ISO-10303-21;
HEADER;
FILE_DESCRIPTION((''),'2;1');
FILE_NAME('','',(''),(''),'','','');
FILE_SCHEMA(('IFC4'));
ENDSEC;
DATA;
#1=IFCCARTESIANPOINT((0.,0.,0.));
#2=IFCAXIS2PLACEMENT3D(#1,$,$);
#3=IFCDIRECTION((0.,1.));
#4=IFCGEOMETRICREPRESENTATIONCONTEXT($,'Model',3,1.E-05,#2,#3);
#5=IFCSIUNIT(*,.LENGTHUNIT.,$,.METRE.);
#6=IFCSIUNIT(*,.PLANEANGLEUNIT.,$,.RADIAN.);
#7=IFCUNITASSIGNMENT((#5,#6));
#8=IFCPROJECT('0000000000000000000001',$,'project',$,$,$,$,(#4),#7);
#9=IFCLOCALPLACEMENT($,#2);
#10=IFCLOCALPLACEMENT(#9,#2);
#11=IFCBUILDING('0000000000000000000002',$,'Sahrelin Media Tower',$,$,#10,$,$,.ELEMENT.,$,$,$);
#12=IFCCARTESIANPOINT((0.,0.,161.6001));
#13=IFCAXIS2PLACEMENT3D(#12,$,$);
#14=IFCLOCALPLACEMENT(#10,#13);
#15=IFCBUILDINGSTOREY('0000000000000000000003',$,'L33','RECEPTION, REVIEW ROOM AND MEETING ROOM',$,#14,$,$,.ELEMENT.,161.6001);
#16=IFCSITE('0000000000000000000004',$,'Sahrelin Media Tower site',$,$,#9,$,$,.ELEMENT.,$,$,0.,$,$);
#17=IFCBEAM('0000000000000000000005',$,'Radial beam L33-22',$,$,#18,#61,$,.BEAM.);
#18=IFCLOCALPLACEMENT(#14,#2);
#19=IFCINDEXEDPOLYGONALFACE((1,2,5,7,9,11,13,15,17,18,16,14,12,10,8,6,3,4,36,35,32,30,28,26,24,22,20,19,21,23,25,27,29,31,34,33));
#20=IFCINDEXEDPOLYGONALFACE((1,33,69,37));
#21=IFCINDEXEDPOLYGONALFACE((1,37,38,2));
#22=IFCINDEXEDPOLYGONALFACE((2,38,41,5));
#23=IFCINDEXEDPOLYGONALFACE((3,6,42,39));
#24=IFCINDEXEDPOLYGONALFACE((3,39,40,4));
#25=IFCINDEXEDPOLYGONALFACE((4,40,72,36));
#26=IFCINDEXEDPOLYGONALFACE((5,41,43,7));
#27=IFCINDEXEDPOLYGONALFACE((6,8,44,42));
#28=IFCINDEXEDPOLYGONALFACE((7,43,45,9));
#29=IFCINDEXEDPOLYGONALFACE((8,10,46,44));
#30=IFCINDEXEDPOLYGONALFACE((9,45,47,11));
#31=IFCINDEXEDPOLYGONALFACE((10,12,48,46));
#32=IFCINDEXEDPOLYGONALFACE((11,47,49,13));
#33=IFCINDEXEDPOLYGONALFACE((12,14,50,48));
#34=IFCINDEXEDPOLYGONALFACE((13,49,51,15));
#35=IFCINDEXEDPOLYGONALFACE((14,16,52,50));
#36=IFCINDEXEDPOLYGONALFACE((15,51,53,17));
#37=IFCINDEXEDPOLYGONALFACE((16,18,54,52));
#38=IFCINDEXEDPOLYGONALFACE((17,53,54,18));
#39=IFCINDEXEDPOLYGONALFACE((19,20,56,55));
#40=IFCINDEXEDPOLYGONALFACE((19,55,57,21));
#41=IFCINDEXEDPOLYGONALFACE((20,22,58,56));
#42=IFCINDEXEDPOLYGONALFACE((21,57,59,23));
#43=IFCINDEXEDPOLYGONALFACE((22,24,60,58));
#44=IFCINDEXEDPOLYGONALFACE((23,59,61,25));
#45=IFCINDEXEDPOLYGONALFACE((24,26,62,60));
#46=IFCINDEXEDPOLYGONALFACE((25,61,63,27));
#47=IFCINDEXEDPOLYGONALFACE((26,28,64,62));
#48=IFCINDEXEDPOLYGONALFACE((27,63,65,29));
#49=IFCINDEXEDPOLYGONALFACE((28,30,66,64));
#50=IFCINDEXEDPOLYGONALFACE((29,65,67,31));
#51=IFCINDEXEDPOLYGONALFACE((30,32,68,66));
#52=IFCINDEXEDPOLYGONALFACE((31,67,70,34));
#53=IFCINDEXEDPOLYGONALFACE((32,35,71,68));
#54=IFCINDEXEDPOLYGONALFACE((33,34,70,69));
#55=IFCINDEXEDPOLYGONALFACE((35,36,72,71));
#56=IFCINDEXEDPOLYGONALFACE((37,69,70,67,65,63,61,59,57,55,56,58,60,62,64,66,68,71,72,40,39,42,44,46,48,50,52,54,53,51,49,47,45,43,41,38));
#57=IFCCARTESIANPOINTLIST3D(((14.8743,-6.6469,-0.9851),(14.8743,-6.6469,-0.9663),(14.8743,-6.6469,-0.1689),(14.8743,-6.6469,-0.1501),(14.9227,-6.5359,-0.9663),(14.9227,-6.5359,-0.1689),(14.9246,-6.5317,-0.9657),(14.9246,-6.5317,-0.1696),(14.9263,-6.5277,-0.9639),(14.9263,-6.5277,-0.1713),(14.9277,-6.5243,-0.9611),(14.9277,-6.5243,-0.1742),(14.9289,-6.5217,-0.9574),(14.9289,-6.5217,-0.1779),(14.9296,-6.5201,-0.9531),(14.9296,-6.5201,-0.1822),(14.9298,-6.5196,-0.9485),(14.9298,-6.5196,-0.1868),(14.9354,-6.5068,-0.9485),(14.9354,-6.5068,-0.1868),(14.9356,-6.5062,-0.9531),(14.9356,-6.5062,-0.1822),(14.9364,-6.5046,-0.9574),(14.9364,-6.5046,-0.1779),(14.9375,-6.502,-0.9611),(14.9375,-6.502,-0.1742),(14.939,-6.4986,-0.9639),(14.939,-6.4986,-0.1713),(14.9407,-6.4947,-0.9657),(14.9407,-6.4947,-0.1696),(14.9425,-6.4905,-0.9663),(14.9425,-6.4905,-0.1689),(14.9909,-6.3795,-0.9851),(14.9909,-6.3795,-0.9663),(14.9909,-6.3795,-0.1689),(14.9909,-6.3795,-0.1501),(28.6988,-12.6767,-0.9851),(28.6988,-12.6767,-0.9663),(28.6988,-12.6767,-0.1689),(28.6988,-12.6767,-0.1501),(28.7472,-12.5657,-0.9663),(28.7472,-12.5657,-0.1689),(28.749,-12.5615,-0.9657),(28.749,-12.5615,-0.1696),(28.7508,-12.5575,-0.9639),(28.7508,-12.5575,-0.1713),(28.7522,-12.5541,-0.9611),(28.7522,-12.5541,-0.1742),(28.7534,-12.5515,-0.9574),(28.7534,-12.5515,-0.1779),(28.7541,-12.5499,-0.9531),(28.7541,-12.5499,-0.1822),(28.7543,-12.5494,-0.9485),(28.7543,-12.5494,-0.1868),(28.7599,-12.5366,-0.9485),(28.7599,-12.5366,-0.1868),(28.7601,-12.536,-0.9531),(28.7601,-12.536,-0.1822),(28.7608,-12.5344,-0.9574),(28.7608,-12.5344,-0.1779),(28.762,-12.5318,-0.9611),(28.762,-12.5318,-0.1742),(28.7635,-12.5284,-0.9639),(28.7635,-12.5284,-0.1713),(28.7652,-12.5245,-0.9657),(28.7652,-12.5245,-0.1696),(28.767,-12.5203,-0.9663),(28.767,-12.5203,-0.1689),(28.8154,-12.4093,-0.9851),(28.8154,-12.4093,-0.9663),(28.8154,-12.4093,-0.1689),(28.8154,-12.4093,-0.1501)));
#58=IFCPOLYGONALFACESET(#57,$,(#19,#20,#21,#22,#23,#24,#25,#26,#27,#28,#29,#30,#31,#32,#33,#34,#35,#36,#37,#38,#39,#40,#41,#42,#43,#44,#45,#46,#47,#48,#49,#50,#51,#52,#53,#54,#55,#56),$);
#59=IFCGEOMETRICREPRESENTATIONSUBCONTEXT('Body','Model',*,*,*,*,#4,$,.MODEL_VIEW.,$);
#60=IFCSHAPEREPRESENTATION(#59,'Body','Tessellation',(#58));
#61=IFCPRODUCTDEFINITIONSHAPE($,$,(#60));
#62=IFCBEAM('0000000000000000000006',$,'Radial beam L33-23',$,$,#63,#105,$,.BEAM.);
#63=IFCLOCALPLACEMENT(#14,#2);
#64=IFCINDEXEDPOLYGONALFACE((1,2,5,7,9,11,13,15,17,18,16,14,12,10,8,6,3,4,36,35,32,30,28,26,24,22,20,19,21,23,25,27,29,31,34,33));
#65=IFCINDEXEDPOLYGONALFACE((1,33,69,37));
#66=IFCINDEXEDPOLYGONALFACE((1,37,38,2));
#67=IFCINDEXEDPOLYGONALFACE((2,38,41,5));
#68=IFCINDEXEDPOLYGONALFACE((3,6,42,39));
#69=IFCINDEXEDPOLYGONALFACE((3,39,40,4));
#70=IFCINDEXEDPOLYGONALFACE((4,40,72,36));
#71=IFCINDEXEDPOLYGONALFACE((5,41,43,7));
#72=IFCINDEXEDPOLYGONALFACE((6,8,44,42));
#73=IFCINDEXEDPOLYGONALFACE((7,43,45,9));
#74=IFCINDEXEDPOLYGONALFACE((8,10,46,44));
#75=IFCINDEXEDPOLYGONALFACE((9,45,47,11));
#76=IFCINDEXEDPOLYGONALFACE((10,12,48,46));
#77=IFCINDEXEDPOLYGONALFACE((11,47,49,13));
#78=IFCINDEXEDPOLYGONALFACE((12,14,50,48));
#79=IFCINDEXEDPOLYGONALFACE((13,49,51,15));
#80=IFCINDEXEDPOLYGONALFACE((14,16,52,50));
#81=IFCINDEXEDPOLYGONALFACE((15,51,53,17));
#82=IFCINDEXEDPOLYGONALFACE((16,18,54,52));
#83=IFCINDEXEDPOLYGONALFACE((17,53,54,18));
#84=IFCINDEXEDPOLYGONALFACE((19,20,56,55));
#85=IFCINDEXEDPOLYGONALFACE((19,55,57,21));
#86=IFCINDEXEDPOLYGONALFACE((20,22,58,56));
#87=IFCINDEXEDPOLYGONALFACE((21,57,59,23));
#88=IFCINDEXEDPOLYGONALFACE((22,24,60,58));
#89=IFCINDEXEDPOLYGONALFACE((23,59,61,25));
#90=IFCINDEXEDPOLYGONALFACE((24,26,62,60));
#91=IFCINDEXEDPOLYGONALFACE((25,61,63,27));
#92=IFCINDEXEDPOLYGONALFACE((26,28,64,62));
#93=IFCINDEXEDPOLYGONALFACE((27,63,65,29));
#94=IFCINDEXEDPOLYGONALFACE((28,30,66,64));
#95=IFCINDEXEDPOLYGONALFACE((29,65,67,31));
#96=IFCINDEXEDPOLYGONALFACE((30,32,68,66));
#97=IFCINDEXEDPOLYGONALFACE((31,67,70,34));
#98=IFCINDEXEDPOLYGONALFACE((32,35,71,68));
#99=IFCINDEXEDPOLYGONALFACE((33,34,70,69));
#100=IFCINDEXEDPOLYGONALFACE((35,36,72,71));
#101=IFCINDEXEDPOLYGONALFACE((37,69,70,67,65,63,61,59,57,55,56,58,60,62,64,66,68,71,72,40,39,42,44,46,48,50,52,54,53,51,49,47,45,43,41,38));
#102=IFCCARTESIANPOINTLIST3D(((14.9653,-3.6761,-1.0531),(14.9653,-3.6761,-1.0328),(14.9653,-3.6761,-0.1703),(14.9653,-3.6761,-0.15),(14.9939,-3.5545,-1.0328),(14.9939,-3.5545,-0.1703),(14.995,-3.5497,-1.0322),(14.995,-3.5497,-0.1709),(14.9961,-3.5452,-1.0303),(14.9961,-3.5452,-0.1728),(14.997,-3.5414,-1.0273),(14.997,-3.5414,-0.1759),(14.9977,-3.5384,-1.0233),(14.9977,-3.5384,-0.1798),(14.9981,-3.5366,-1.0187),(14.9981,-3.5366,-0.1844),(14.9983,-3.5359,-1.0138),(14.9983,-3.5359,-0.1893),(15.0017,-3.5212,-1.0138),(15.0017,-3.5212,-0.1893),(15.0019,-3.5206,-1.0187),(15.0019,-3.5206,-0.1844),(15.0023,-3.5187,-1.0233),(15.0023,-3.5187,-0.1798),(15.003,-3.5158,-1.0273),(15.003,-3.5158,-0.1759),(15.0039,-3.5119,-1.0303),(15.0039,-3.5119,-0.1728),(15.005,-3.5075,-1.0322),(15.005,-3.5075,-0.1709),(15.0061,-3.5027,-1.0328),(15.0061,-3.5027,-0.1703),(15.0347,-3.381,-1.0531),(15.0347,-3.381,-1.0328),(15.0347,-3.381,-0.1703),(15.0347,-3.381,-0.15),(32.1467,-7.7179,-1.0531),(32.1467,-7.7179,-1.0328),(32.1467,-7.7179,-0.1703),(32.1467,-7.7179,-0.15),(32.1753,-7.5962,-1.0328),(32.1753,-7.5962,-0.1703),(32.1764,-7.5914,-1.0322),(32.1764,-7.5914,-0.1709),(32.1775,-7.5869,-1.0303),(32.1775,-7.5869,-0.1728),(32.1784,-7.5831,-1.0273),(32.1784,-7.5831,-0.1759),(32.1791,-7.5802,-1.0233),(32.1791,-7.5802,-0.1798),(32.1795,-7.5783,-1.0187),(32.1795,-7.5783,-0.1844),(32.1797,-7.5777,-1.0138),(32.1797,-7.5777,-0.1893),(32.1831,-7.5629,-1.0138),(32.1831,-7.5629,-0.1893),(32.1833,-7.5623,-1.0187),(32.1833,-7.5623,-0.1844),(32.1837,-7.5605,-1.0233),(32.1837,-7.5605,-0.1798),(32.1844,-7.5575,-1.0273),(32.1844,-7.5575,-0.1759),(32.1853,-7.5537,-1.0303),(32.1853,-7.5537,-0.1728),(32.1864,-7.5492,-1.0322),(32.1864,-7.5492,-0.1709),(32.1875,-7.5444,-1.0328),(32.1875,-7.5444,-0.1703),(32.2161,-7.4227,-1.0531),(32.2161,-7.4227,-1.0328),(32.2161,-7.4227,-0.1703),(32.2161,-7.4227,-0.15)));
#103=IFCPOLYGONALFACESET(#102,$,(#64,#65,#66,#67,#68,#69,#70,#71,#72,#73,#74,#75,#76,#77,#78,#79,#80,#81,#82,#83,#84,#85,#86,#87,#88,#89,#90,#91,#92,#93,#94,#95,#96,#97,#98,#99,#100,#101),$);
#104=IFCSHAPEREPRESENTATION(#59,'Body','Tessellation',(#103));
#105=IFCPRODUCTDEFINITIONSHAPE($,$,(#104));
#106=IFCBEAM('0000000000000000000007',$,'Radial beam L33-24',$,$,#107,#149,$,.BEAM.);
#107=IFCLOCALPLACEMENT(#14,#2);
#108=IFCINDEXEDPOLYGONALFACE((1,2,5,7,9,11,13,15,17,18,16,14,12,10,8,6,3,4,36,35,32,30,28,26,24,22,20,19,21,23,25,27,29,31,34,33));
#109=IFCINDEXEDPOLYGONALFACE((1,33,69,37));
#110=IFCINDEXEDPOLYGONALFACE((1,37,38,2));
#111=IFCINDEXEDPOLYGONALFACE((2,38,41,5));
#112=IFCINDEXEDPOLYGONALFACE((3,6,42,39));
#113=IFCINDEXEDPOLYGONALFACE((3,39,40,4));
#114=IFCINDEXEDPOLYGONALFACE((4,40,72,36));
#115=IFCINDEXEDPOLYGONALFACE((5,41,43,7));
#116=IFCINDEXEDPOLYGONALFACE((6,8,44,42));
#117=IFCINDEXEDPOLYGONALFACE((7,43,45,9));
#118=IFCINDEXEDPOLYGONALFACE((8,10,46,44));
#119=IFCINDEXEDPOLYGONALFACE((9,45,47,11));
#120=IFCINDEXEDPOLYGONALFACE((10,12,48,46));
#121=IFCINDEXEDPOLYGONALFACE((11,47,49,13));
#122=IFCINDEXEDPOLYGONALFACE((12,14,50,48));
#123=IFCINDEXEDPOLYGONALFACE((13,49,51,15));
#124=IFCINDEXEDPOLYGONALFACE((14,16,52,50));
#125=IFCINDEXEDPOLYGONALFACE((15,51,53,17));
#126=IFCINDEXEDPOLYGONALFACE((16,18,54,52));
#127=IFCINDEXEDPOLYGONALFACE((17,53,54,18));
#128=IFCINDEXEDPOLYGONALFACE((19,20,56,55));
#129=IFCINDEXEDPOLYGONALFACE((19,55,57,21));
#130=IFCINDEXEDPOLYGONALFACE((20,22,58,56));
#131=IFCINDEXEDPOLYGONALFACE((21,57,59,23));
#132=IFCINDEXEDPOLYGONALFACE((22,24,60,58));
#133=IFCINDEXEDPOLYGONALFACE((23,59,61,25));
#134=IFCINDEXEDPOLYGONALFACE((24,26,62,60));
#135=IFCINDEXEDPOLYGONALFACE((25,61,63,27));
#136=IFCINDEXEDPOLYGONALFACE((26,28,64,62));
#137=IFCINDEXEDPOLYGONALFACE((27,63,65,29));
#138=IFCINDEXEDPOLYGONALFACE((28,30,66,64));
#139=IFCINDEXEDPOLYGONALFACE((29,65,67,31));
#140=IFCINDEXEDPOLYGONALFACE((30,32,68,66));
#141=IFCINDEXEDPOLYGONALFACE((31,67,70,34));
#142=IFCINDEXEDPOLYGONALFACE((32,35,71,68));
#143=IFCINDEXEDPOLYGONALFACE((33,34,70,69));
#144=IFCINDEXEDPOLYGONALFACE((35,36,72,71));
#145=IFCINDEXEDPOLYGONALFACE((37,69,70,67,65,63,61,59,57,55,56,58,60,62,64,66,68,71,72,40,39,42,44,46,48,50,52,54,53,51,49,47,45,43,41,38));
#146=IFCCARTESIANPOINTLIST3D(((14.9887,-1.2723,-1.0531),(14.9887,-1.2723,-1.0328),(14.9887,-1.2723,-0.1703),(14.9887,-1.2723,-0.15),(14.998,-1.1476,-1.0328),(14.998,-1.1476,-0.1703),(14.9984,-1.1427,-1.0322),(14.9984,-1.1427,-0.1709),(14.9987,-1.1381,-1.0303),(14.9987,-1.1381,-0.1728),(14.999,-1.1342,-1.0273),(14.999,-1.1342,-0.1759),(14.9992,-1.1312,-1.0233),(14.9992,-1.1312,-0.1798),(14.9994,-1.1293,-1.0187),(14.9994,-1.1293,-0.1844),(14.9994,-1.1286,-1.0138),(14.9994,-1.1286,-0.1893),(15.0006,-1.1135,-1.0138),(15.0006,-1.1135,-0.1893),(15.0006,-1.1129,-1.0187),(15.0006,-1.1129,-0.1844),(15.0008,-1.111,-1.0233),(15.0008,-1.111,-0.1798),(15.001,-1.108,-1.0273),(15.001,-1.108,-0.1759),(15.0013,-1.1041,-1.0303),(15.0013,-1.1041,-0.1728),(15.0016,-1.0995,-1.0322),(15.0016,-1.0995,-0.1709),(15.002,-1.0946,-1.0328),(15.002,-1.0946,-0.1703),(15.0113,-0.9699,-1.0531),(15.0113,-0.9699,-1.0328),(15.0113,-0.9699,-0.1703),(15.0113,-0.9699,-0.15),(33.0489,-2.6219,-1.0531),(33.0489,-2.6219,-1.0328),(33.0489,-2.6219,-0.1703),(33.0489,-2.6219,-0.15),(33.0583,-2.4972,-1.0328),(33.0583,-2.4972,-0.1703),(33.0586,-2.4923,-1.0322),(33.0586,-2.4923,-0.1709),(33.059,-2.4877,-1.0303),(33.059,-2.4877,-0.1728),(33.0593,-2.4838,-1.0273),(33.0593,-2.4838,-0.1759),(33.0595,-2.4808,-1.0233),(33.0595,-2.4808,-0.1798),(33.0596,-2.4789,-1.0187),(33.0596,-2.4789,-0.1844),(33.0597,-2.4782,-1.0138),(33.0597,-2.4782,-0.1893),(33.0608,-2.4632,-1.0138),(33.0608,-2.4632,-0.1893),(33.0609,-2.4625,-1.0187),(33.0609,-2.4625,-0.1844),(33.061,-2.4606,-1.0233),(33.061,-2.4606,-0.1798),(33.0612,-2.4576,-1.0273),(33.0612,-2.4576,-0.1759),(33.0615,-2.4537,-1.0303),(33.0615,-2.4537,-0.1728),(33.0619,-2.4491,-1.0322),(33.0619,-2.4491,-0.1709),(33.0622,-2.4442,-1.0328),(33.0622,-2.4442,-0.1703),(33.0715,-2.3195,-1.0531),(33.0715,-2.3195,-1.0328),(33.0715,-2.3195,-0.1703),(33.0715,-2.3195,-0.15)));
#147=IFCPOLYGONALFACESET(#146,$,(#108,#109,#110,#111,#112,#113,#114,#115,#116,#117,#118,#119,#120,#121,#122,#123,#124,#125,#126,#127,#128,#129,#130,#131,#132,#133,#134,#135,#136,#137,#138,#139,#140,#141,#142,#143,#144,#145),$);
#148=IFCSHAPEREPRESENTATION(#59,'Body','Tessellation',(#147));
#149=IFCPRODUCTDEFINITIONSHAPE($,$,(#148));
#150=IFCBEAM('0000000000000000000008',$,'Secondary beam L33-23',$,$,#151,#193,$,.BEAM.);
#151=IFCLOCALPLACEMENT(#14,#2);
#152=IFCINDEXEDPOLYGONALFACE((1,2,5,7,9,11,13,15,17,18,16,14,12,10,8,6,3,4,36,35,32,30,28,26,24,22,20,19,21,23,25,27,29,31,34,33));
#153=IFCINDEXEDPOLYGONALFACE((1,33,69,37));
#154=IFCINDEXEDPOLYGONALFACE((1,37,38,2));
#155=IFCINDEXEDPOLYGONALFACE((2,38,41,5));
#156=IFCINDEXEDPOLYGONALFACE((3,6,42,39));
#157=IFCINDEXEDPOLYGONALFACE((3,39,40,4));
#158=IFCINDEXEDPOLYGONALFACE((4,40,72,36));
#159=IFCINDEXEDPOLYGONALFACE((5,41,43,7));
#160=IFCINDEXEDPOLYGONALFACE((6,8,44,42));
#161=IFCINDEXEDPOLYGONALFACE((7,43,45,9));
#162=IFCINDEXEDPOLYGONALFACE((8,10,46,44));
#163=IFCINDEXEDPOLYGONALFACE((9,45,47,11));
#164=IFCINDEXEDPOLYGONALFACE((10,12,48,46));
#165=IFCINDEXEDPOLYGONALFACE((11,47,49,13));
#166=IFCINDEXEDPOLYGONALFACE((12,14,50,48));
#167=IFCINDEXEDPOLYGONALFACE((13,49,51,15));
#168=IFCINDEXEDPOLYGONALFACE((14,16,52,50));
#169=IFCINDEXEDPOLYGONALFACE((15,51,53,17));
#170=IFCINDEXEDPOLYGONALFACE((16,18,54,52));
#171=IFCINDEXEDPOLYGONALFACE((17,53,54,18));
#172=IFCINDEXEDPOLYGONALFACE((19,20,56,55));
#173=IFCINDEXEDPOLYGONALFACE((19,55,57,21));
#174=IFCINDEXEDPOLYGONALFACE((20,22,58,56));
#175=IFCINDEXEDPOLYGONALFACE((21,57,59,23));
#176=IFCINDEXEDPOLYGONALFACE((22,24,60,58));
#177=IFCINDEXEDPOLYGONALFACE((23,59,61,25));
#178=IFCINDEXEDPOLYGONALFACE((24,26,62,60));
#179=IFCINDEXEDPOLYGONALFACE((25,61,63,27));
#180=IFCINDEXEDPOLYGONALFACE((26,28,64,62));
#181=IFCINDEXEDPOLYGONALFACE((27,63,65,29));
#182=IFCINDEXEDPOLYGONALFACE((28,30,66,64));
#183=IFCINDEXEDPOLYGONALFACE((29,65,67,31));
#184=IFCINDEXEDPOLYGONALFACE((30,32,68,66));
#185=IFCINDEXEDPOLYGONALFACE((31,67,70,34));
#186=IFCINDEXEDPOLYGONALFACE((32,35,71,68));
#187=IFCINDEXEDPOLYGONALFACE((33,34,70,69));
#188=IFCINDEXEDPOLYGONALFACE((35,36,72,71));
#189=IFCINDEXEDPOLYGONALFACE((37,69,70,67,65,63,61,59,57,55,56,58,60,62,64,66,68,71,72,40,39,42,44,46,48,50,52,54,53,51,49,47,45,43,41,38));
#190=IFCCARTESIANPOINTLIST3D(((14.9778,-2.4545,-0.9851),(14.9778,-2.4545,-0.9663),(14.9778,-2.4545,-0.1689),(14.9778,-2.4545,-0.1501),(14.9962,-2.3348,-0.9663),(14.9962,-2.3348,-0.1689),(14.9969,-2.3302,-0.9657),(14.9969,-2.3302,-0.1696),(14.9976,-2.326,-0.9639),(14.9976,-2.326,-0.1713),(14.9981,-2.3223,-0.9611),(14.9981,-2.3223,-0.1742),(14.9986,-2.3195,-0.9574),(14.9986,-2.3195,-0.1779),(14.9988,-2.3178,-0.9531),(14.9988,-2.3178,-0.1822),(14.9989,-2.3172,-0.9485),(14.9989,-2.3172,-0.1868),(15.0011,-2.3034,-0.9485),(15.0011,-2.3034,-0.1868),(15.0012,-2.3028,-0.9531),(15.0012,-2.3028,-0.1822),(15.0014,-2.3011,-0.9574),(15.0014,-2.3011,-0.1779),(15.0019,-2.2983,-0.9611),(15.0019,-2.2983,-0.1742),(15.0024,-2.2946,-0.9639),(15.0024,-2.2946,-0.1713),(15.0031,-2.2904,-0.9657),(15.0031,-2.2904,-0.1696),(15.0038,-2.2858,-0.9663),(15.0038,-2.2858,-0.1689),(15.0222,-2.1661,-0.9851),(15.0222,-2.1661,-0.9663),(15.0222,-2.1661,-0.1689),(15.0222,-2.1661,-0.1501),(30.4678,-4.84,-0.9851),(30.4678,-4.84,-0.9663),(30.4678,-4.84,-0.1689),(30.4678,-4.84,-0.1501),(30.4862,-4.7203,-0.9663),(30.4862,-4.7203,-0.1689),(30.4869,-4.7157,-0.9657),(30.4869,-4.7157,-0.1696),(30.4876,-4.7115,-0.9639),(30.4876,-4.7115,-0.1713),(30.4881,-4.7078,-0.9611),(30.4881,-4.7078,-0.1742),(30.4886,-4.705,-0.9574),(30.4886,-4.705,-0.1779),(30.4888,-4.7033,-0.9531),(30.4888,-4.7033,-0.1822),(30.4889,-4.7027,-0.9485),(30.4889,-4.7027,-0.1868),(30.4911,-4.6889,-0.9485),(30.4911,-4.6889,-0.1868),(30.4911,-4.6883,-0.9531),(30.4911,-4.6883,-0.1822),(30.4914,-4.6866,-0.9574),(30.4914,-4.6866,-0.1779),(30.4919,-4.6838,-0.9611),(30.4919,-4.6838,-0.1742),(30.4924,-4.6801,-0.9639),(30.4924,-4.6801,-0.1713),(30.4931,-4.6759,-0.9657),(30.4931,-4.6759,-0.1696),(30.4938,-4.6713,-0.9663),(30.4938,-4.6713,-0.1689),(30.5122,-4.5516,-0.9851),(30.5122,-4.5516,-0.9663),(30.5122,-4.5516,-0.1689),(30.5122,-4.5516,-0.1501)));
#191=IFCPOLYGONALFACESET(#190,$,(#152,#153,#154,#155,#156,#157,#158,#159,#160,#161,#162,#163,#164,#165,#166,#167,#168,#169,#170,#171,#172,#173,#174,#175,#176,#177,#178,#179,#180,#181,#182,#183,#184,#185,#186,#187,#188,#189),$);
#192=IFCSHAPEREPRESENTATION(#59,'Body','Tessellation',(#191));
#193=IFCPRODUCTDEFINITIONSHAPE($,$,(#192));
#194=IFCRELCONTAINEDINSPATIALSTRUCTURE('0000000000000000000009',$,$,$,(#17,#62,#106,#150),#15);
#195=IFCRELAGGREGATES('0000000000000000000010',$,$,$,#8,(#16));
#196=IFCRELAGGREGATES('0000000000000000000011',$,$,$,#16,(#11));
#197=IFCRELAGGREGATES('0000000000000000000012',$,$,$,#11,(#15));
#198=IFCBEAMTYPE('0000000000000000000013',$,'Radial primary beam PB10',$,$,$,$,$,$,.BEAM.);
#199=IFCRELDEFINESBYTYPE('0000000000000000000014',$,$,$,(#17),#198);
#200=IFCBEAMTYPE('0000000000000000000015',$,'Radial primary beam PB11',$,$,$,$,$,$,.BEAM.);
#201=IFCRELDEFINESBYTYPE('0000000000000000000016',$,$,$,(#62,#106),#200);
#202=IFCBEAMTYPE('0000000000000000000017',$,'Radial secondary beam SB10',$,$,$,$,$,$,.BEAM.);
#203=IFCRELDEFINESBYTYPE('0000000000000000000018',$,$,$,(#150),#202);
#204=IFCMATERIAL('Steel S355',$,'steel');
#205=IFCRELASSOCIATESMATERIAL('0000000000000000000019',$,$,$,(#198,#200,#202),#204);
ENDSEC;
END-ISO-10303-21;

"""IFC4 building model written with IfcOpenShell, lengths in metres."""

from ifc_helpers import new_model, si_unit, direction, frame, origin, origin_2d, place, context, subcontext, project, spatial, i_section, extrude, material, material_profile, profile_set, type_object, element, save


model = new_model("IFC4")

# Units and contexts
model_context = context("Model", 3, precision=1e-05, world=origin(), true_north=direction((0.0, 1.0)))
body_context = subcontext(model_context, "Body", "Model", "MODEL_VIEW")
ifc_project = project(units=[si_unit("LENGTHUNIT", "METRE"), si_unit("PLANEANGLEUNIT", "RADIAN")], contexts=[model_context])

# Site, building, storey
site_placement = place(None, origin())
site = spatial("IfcSite", under=ifc_project, at=site_placement, Name="Sahrelin Media Tower site", CompositionType="ELEMENT", RefElevation=0.0)
building_placement = place(site_placement, origin())
building = spatial("IfcBuilding", under=site, at=building_placement, Name="Sahrelin Media Tower", CompositionType="ELEMENT")
storey_placement = place(building_placement, frame((0.0, 0.0, 161.6001)))
storey = spatial("IfcBuildingStorey", under=building, at=storey_placement, Name="L33", Description="RECEPTION, REVIEW ROOM AND MEETING ROOM", CompositionType="ELEMENT", Elevation=161.6001)

# Shared definitions
ifc_material_1 = material(Name="Steel S355", Category="steel")

# Beams
ifc_material_profile_1 = material_profile(ifc_material_1, i_section(OverallWidth=0.2917, OverallDepth=0.835, WebThickness=0.0139, FlangeThickness=0.0188, FilletRadius=0.0178, at=origin_2d()), Name="UB 838x292x176")
ifc_profile_set_1 = profile_set([ifc_material_profile_1], Name="Steel S355")
beam_type_1 = type_object("IfcBeamType", Name="Radial primary beam PB10", PredefinedType="BEAM", material=ifc_profile_set_1)
beam_1_placement = place(storey_placement, frame((14.9326, -6.5132, -0.5676), z_axis=(0.916605, -0.399794, 0.0), x_axis=(0.399794, 0.916605, 0.0)))
element("IfcBeam", 1, at=beam_1_placement, inside=storey, type_object=beam_type_1, Name="Radial beam L33-22", PredefinedType="BEAM", context=body_context, shape_type="SweptSolid", body=[
    extrude(i_section(OverallWidth=0.2917, OverallDepth=0.835, WebThickness=0.0139, FlangeThickness=0.0188, FilletRadius=0.0178, at=origin_2d()), origin(), (0.0, 0.0, 1.0), 15.0823),
])
ifc_material_profile_2 = material_profile(ifc_material_1, i_section(OverallWidth=0.3032, OverallDepth=0.9031, WebThickness=0.0151, FlangeThickness=0.0203, FilletRadius=0.019, at=origin_2d()), Name="UB 914x305x201")
ifc_profile_set_2 = profile_set([ifc_material_profile_2], Name="Steel S355")
beam_type_2 = type_object("IfcBeamType", Name="Radial primary beam PB11", PredefinedType="BEAM", material=ifc_profile_set_2)
beam_2_placement = place(storey_placement, frame((15.0, -3.5286, -0.6016), z_axis=(0.973429, -0.228989, 0.0), x_axis=(0.228989, 0.973429, 0.0)))
element("IfcBeam", 2, at=beam_2_placement, inside=storey, type_object=beam_type_2, Name="Radial beam L33-23", PredefinedType="BEAM", context=body_context, shape_type="SweptSolid", body=[
    extrude(i_section(OverallWidth=0.3032, OverallDepth=0.9031, WebThickness=0.0151, FlangeThickness=0.0203, FilletRadius=0.019, at=origin_2d()), origin(), (0.0, 0.0, 1.0), 17.6504),
])
beam_3_placement = place(storey_placement, frame((15.0, -1.1211, -0.6016), z_axis=(0.99722, -0.07452, 0.0), x_axis=(0.07452, 0.99722, 0.0)))
element("IfcBeam", 3, at=beam_3_placement, inside=storey, type_object=beam_type_2, Name="Radial beam L33-24", PredefinedType="BEAM", context=body_context, shape_type="SweptSolid", body=[
    extrude(i_section(OverallWidth=0.3032, OverallDepth=0.9031, WebThickness=0.0151, FlangeThickness=0.0203, FilletRadius=0.019, at=origin_2d()), origin(), (0.0, 0.0, 1.0), 18.1106),
])
ifc_material_profile_3 = material_profile(ifc_material_1, i_section(OverallWidth=0.2917, OverallDepth=0.835, WebThickness=0.0139, FlangeThickness=0.0188, FilletRadius=0.0178, at=origin_2d()), Name="UB 838x292x176")
ifc_profile_set_3 = profile_set([ifc_material_profile_3], Name="Steel S355")
beam_type_3 = type_object("IfcBeamType", Name="Radial secondary beam SB10", PredefinedType="BEAM", material=ifc_profile_set_3)
beam_4_placement = place(storey_placement, frame((15.0, -2.3103, -0.5676), z_axis=(0.988348, -0.152208, 0.0), x_axis=(0.152208, 0.988348, 0.0)))
element("IfcBeam", 4, at=beam_4_placement, inside=storey, type_object=beam_type_3, Name="Secondary beam L33-23", PredefinedType="BEAM", context=body_context, shape_type="SweptSolid", body=[
    extrude(i_section(OverallWidth=0.2917, OverallDepth=0.835, WebThickness=0.0139, FlangeThickness=0.0188, FilletRadius=0.0178, at=origin_2d()), origin(), (0.0, 0.0, 1.0), 15.6726),
])

save(model, "model.ifc")
